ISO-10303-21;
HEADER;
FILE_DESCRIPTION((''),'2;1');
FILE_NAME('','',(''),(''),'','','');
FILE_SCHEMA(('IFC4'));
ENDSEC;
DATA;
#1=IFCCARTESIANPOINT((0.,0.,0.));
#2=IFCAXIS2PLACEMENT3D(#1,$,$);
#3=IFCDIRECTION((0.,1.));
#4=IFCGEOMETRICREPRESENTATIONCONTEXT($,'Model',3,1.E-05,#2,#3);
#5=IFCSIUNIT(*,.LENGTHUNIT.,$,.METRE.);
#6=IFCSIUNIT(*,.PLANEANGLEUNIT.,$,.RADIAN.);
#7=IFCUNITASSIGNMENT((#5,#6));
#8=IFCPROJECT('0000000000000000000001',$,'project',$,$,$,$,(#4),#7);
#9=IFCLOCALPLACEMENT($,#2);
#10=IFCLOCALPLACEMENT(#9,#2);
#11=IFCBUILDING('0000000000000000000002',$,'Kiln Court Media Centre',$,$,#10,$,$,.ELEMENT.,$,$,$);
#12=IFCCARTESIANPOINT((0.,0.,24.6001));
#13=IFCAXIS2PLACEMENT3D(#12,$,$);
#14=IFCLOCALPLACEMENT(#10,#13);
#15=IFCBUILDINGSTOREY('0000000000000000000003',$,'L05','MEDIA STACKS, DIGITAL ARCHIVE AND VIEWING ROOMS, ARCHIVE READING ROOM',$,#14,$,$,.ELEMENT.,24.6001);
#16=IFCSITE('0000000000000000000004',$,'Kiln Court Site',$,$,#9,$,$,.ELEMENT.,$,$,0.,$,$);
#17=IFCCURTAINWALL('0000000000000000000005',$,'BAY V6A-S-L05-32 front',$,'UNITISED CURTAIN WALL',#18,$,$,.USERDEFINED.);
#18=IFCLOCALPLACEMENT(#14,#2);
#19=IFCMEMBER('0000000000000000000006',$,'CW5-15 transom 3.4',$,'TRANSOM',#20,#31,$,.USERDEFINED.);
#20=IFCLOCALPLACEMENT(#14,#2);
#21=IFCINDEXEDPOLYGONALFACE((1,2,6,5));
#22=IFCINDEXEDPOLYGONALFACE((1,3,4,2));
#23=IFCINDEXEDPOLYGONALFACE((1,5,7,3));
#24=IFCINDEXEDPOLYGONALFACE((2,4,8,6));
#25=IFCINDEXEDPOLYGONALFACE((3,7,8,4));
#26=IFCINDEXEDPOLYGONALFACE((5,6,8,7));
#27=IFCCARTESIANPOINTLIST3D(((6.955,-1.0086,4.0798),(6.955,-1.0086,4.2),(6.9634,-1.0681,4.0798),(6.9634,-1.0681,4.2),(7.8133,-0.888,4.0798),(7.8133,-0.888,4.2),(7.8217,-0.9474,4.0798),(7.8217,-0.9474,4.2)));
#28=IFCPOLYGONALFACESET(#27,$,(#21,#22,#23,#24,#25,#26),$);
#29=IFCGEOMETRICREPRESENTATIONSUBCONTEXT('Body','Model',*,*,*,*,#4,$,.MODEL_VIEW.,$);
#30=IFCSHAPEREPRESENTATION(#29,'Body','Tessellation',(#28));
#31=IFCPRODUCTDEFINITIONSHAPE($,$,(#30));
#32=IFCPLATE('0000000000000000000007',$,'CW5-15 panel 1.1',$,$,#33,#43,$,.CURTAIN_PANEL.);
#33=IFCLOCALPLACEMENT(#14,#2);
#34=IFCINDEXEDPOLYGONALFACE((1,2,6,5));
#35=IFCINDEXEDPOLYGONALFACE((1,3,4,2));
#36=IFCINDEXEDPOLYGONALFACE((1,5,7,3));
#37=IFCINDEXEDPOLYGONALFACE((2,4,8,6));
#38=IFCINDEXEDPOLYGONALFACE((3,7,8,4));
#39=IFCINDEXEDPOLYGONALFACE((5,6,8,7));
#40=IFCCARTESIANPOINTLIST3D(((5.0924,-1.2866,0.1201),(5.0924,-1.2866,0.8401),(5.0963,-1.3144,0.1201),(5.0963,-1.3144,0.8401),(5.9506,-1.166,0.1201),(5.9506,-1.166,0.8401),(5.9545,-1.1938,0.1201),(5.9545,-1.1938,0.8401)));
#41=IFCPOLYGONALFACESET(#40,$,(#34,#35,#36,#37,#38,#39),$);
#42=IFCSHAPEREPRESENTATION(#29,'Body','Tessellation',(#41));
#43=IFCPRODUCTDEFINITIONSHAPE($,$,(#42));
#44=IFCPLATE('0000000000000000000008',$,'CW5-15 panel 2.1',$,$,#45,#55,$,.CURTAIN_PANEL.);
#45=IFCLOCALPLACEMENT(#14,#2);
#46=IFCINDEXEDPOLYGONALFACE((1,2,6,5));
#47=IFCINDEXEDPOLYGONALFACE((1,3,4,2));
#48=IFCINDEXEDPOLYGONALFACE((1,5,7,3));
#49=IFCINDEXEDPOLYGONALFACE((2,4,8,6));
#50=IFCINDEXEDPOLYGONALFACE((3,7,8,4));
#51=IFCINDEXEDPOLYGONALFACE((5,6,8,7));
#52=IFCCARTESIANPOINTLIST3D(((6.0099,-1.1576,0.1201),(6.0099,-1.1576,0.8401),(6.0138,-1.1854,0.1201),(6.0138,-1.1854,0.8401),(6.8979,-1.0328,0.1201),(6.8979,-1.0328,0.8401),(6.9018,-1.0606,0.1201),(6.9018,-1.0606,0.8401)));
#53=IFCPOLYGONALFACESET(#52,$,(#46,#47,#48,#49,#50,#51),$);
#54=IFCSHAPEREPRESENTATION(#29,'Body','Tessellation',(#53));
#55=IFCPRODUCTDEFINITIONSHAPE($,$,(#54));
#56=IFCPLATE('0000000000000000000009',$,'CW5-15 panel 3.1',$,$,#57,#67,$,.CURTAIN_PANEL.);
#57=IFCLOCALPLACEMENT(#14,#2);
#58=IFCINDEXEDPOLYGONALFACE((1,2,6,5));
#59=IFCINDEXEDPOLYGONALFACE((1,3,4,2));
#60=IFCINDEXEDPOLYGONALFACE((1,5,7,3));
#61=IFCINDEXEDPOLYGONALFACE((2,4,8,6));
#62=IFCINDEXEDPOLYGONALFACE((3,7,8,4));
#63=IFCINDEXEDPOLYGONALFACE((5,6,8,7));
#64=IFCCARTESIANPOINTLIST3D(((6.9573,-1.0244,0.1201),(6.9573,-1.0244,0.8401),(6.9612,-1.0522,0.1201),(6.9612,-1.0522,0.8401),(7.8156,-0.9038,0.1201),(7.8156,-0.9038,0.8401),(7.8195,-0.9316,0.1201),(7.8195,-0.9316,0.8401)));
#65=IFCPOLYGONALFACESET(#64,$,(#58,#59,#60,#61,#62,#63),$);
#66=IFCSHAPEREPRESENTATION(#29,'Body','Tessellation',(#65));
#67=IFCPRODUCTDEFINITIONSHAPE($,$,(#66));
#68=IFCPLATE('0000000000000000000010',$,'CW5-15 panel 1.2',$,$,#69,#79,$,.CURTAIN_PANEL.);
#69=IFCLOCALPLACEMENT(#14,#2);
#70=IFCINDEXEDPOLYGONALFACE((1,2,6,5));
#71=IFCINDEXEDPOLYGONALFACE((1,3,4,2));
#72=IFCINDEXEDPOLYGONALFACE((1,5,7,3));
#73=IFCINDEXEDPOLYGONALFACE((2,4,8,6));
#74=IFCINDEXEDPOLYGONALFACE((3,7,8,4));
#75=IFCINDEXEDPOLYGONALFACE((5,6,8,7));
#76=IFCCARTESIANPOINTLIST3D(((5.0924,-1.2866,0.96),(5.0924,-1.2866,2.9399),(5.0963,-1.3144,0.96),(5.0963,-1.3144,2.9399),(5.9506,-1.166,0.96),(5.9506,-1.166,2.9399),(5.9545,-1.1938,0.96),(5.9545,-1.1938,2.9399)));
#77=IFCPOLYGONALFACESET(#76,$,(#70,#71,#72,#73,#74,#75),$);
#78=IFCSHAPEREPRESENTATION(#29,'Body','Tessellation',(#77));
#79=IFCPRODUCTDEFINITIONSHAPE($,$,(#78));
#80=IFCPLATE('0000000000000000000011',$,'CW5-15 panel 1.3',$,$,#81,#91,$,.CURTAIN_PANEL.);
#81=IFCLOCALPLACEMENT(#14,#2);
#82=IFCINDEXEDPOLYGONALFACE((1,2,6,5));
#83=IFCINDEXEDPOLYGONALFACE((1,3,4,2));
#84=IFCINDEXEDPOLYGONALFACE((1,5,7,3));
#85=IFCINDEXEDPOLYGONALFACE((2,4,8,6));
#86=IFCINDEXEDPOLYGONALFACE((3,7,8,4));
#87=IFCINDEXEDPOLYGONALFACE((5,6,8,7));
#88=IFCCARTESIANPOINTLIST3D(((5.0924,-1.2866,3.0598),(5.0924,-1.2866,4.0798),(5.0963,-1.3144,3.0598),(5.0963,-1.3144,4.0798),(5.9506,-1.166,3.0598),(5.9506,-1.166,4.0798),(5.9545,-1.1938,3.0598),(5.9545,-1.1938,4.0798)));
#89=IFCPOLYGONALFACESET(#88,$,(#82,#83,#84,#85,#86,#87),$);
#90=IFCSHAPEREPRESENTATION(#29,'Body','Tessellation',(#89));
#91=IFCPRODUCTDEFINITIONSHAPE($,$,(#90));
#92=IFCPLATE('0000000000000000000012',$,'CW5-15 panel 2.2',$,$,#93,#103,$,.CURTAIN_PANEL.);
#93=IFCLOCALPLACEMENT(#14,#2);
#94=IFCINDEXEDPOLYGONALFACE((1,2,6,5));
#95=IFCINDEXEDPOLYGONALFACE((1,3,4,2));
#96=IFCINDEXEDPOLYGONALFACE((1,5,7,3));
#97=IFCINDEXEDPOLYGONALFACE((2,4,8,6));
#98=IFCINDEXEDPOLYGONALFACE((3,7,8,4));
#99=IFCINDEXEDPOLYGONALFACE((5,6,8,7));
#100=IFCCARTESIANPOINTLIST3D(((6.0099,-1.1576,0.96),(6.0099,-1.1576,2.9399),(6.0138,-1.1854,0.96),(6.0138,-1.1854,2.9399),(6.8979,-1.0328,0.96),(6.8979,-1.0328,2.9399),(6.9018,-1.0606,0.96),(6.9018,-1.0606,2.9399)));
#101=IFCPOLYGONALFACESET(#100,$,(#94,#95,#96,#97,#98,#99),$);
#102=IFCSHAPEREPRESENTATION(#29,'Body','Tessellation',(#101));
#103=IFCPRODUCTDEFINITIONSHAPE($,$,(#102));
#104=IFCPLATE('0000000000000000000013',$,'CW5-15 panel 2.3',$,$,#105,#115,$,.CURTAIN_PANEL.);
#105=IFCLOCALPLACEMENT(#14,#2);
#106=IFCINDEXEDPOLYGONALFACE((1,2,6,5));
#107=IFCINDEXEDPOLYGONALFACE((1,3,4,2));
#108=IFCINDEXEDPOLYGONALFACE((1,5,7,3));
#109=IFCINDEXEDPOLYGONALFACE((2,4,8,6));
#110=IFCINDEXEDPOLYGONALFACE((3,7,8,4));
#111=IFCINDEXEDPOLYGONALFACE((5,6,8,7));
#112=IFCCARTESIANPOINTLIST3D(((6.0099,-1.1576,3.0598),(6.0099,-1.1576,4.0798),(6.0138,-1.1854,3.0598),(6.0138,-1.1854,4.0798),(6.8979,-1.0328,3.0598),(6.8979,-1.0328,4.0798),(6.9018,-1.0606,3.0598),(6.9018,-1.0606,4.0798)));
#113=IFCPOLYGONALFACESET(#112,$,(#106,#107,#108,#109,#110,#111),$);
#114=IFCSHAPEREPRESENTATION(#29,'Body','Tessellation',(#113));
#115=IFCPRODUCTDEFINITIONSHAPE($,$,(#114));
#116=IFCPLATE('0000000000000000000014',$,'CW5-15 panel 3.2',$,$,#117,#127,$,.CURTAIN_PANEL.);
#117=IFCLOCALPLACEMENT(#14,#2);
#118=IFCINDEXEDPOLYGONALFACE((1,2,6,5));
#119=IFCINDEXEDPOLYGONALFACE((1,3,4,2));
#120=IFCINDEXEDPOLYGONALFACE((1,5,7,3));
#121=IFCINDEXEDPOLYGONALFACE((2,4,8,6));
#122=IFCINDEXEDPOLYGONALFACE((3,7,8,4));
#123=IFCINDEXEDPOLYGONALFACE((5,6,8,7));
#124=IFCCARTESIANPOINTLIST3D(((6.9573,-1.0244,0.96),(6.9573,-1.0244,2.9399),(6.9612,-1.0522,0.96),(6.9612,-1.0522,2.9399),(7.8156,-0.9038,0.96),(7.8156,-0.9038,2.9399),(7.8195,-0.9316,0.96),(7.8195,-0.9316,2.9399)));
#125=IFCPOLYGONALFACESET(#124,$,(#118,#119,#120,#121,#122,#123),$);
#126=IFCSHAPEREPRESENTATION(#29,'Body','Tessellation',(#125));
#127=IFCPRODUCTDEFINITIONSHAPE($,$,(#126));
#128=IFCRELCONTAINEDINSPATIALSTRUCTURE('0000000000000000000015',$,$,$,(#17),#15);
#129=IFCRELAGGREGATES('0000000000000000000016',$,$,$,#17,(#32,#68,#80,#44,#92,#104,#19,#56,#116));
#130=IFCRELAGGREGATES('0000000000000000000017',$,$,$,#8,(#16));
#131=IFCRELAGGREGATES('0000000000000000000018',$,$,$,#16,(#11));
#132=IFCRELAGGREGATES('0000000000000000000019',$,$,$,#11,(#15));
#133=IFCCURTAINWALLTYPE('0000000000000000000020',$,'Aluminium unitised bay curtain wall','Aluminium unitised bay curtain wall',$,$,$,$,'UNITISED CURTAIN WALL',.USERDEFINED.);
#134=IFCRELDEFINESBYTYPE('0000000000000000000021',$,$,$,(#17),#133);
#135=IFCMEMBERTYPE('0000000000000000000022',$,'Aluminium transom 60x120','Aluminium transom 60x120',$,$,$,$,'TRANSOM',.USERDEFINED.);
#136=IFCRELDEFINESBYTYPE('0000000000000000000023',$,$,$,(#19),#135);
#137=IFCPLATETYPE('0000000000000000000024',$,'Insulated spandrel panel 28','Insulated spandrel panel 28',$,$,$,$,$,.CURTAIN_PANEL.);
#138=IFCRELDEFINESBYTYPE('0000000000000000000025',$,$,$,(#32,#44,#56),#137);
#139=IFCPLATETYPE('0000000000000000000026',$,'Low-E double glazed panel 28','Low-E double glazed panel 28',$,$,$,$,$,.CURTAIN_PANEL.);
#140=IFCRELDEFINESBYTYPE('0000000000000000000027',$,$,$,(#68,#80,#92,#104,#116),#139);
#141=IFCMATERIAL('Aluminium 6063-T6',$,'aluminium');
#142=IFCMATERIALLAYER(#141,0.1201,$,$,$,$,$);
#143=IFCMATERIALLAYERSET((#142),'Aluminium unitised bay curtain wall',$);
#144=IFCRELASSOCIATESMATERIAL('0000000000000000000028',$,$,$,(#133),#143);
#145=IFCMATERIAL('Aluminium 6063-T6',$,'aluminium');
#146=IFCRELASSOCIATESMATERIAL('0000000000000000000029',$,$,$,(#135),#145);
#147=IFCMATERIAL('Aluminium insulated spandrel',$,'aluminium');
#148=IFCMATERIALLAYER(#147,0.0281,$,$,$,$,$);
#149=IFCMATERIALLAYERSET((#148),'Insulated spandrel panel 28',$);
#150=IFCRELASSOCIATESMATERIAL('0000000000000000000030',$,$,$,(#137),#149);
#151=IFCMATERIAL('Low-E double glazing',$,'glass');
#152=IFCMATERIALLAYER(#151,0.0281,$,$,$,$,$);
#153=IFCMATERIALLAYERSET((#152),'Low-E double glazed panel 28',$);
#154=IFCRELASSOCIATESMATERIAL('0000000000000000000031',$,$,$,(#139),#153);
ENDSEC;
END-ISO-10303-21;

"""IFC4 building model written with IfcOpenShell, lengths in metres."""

from ifc_helpers import new_model, si_unit, direction, frame, origin, origin_2d, place, context, subcontext, project, spatial, rectangle, extrude, material, layer, layer_set, material_profile, profile_set, type_object, element, aggregate, save


model = new_model("IFC4")

# Units and contexts
model_context = context("Model", 3, precision=1e-05, world=origin(), true_north=direction((0.0, 1.0)))
body_context = subcontext(model_context, "Body", "Model", "MODEL_VIEW")
ifc_project = project(units=[si_unit("LENGTHUNIT", "METRE"), si_unit("PLANEANGLEUNIT", "RADIAN")], contexts=[model_context])

# Site, building, storey
site_placement = place(None, origin())
site = spatial("IfcSite", under=ifc_project, at=site_placement, Name="Kiln Court Site", CompositionType="ELEMENT", RefElevation=0.0)
building_placement = place(site_placement, origin())
building = spatial("IfcBuilding", under=site, at=building_placement, Name="Kiln Court Media Centre", CompositionType="ELEMENT")
storey_placement = place(building_placement, frame((0.0, 0.0, 24.6001)))
storey = spatial("IfcBuildingStorey", under=building, at=storey_placement, Name="L05", Description="MEDIA STACKS, DIGITAL ARCHIVE AND VIEWING ROOMS, ARCHIVE READING ROOM", CompositionType="ELEMENT", Elevation=24.6001)

# Curtain wall, member, plates
ifc_material_1 = material(Name="Aluminium 6063-T6", Category="aluminium")
ifc_layer_1 = layer(ifc_material_1, 0.1201)
ifc_layer_set_1 = layer_set([ifc_layer_1], Name="Aluminium unitised bay curtain wall")
curtain_wall_type = type_object("IfcCurtainWallType", Name="Aluminium unitised bay curtain wall", Description="Aluminium unitised bay curtain wall", ElementType="UNITISED CURTAIN WALL", PredefinedType="USERDEFINED", material=ifc_layer_set_1)
curtain_wall_placement = place(storey_placement, origin())
curtain_wall = element("IfcCurtainWall", 1, at=curtain_wall_placement, inside=storey, type_object=curtain_wall_type, Name="BAY V6A-S-L05-32 front", ObjectType="UNITISED CURTAIN WALL", PredefinedType="USERDEFINED")
ifc_material_2 = material(Name="Aluminium 6063-T6", Category="aluminium")
ifc_material_profile_1 = material_profile(ifc_material_2, rectangle(XDim=0.0601, YDim=0.1201, at=origin_2d()), Name="Aluminium transom 60x120")
ifc_profile_set_1 = profile_set([ifc_material_profile_1], Name="Aluminium 6063-T6")
member_type_1 = type_object("IfcMemberType", Name="Aluminium transom 60x120", Description="Aluminium transom 60x120", ElementType="TRANSOM", PredefinedType="USERDEFINED", material=ifc_profile_set_1)
member_1_placement = place(storey_placement, frame((6.9592, -1.0383, 4.1399), z_axis=(0.990268, 0.139173, 0.0), x_axis=(-0.139173, 0.990268, 0.0)))
member_1 = element("IfcMember", 2, at=member_1_placement, type_object=member_type_1, Name="CW5-15 transom 3.4", ObjectType="TRANSOM", PredefinedType="USERDEFINED", context=body_context, shape_type="SweptSolid", body=[
    extrude(rectangle(XDim=0.0601, YDim=0.1201, at=origin_2d()), origin(), (0.0, 0.0, 1.0), 0.8667),
])
ifc_material_3 = material(Name="Aluminium insulated spandrel", Category="aluminium")
ifc_layer_2 = layer(ifc_material_3, 0.0281)
ifc_layer_set_2 = layer_set([ifc_layer_2], Name="Insulated spandrel panel 28")
plate_type_1 = type_object("IfcPlateType", Name="Insulated spandrel panel 28", Description="Insulated spandrel panel 28", PredefinedType="CURTAIN_PANEL", material=ifc_layer_set_2)
plate_1_placement = place(storey_placement, frame((5.5234, -1.2402, 0.1201), z_axis=(0.0, 0.0, 1.0), x_axis=(0.99027, 0.139162, 0.0)))
plate_1 = element("IfcPlate", 3, at=plate_1_placement, type_object=plate_type_1, Name="CW5-15 panel 1.1", PredefinedType="CURTAIN_PANEL", context=body_context, shape_type="SweptSolid", body=[
    extrude(rectangle(XDim=0.8667, YDim=0.0281, at=origin_2d()), origin(), (0.0, 0.0, 1.0), 0.72),
])
plate_2_placement = place(storey_placement, frame((6.4558, -1.1091, 0.1201), z_axis=(0.0, 0.0, 1.0), x_axis=(0.99027, 0.139162, 0.0)))
plate_2 = element("IfcPlate", 4, at=plate_2_placement, type_object=plate_type_1, Name="CW5-15 panel 2.1", PredefinedType="CURTAIN_PANEL", context=body_context, shape_type="SweptSolid", body=[
    extrude(rectangle(XDim=0.8967, YDim=0.0281, at=origin_2d()), origin(), (0.0, 0.0, 1.0), 0.72),
])
plate_3_placement = place(storey_placement, frame((7.3884, -0.978, 0.1201), z_axis=(0.0, 0.0, 1.0), x_axis=(0.99027, 0.139162, 0.0)))
plate_3 = element("IfcPlate", 5, at=plate_3_placement, type_object=plate_type_1, Name="CW5-15 panel 3.1", PredefinedType="CURTAIN_PANEL", context=body_context, shape_type="SweptSolid", body=[
    extrude(rectangle(XDim=0.8667, YDim=0.0281, at=origin_2d()), origin(), (0.0, 0.0, 1.0), 0.72),
])
ifc_material_4 = material(Name="Low-E double glazing", Category="glass")
ifc_layer_3 = layer(ifc_material_4, 0.0281)
ifc_layer_set_3 = layer_set([ifc_layer_3], Name="Low-E double glazed panel 28")
plate_type_2 = type_object("IfcPlateType", Name="Low-E double glazed panel 28", Description="Low-E double glazed panel 28", PredefinedType="CURTAIN_PANEL", material=ifc_layer_set_3)
plate_4_placement = place(storey_placement, frame((5.5234, -1.2402, 0.96), z_axis=(0.0, 0.0, 1.0), x_axis=(0.99027, 0.139162, 0.0)))
plate_4 = element("IfcPlate", 6, at=plate_4_placement, type_object=plate_type_2, Name="CW5-15 panel 1.2", PredefinedType="CURTAIN_PANEL", context=body_context, shape_type="SweptSolid", body=[
    extrude(rectangle(XDim=0.8667, YDim=0.0281, at=origin_2d()), origin(), (0.0, 0.0, 1.0), 1.98),
])
plate_5_placement = place(storey_placement, frame((5.5234, -1.2402, 3.0598), z_axis=(0.0, 0.0, 1.0), x_axis=(0.99027, 0.139162, 0.0)))
plate_5 = element("IfcPlate", 7, at=plate_5_placement, type_object=plate_type_2, Name="CW5-15 panel 1.3", PredefinedType="CURTAIN_PANEL", context=body_context, shape_type="SweptSolid", body=[
    extrude(rectangle(XDim=0.8667, YDim=0.0281, at=origin_2d()), origin(), (0.0, 0.0, 1.0), 1.02),
])
plate_6_placement = place(storey_placement, frame((6.4558, -1.1091, 0.96), z_axis=(0.0, 0.0, 1.0), x_axis=(0.99027, 0.139162, 0.0)))
plate_6 = element("IfcPlate", 8, at=plate_6_placement, type_object=plate_type_2, Name="CW5-15 panel 2.2", PredefinedType="CURTAIN_PANEL", context=body_context, shape_type="SweptSolid", body=[
    extrude(rectangle(XDim=0.8967, YDim=0.0281, at=origin_2d()), origin(), (0.0, 0.0, 1.0), 1.98),
])
plate_7_placement = place(storey_placement, frame((6.4558, -1.1091, 3.0598), z_axis=(0.0, 0.0, 1.0), x_axis=(0.99027, 0.139162, 0.0)))
plate_7 = element("IfcPlate", 9, at=plate_7_placement, type_object=plate_type_2, Name="CW5-15 panel 2.3", PredefinedType="CURTAIN_PANEL", context=body_context, shape_type="SweptSolid", body=[
    extrude(rectangle(XDim=0.8967, YDim=0.0281, at=origin_2d()), origin(), (0.0, 0.0, 1.0), 1.02),
])
plate_8_placement = place(storey_placement, frame((7.3884, -0.978, 0.96), z_axis=(0.0, 0.0, 1.0), x_axis=(0.99027, 0.139162, 0.0)))
plate_8 = element("IfcPlate", 10, at=plate_8_placement, type_object=plate_type_2, Name="CW5-15 panel 3.2", PredefinedType="CURTAIN_PANEL", context=body_context, shape_type="SweptSolid", body=[
    extrude(rectangle(XDim=0.8667, YDim=0.0281, at=origin_2d()), origin(), (0.0, 0.0, 1.0), 1.98),
])
aggregate(curtain_wall, [plate_1, plate_4, plate_5, plate_2, plate_6, plate_7, member_1, plate_3, plate_8])

save(model, "model.ifc")
